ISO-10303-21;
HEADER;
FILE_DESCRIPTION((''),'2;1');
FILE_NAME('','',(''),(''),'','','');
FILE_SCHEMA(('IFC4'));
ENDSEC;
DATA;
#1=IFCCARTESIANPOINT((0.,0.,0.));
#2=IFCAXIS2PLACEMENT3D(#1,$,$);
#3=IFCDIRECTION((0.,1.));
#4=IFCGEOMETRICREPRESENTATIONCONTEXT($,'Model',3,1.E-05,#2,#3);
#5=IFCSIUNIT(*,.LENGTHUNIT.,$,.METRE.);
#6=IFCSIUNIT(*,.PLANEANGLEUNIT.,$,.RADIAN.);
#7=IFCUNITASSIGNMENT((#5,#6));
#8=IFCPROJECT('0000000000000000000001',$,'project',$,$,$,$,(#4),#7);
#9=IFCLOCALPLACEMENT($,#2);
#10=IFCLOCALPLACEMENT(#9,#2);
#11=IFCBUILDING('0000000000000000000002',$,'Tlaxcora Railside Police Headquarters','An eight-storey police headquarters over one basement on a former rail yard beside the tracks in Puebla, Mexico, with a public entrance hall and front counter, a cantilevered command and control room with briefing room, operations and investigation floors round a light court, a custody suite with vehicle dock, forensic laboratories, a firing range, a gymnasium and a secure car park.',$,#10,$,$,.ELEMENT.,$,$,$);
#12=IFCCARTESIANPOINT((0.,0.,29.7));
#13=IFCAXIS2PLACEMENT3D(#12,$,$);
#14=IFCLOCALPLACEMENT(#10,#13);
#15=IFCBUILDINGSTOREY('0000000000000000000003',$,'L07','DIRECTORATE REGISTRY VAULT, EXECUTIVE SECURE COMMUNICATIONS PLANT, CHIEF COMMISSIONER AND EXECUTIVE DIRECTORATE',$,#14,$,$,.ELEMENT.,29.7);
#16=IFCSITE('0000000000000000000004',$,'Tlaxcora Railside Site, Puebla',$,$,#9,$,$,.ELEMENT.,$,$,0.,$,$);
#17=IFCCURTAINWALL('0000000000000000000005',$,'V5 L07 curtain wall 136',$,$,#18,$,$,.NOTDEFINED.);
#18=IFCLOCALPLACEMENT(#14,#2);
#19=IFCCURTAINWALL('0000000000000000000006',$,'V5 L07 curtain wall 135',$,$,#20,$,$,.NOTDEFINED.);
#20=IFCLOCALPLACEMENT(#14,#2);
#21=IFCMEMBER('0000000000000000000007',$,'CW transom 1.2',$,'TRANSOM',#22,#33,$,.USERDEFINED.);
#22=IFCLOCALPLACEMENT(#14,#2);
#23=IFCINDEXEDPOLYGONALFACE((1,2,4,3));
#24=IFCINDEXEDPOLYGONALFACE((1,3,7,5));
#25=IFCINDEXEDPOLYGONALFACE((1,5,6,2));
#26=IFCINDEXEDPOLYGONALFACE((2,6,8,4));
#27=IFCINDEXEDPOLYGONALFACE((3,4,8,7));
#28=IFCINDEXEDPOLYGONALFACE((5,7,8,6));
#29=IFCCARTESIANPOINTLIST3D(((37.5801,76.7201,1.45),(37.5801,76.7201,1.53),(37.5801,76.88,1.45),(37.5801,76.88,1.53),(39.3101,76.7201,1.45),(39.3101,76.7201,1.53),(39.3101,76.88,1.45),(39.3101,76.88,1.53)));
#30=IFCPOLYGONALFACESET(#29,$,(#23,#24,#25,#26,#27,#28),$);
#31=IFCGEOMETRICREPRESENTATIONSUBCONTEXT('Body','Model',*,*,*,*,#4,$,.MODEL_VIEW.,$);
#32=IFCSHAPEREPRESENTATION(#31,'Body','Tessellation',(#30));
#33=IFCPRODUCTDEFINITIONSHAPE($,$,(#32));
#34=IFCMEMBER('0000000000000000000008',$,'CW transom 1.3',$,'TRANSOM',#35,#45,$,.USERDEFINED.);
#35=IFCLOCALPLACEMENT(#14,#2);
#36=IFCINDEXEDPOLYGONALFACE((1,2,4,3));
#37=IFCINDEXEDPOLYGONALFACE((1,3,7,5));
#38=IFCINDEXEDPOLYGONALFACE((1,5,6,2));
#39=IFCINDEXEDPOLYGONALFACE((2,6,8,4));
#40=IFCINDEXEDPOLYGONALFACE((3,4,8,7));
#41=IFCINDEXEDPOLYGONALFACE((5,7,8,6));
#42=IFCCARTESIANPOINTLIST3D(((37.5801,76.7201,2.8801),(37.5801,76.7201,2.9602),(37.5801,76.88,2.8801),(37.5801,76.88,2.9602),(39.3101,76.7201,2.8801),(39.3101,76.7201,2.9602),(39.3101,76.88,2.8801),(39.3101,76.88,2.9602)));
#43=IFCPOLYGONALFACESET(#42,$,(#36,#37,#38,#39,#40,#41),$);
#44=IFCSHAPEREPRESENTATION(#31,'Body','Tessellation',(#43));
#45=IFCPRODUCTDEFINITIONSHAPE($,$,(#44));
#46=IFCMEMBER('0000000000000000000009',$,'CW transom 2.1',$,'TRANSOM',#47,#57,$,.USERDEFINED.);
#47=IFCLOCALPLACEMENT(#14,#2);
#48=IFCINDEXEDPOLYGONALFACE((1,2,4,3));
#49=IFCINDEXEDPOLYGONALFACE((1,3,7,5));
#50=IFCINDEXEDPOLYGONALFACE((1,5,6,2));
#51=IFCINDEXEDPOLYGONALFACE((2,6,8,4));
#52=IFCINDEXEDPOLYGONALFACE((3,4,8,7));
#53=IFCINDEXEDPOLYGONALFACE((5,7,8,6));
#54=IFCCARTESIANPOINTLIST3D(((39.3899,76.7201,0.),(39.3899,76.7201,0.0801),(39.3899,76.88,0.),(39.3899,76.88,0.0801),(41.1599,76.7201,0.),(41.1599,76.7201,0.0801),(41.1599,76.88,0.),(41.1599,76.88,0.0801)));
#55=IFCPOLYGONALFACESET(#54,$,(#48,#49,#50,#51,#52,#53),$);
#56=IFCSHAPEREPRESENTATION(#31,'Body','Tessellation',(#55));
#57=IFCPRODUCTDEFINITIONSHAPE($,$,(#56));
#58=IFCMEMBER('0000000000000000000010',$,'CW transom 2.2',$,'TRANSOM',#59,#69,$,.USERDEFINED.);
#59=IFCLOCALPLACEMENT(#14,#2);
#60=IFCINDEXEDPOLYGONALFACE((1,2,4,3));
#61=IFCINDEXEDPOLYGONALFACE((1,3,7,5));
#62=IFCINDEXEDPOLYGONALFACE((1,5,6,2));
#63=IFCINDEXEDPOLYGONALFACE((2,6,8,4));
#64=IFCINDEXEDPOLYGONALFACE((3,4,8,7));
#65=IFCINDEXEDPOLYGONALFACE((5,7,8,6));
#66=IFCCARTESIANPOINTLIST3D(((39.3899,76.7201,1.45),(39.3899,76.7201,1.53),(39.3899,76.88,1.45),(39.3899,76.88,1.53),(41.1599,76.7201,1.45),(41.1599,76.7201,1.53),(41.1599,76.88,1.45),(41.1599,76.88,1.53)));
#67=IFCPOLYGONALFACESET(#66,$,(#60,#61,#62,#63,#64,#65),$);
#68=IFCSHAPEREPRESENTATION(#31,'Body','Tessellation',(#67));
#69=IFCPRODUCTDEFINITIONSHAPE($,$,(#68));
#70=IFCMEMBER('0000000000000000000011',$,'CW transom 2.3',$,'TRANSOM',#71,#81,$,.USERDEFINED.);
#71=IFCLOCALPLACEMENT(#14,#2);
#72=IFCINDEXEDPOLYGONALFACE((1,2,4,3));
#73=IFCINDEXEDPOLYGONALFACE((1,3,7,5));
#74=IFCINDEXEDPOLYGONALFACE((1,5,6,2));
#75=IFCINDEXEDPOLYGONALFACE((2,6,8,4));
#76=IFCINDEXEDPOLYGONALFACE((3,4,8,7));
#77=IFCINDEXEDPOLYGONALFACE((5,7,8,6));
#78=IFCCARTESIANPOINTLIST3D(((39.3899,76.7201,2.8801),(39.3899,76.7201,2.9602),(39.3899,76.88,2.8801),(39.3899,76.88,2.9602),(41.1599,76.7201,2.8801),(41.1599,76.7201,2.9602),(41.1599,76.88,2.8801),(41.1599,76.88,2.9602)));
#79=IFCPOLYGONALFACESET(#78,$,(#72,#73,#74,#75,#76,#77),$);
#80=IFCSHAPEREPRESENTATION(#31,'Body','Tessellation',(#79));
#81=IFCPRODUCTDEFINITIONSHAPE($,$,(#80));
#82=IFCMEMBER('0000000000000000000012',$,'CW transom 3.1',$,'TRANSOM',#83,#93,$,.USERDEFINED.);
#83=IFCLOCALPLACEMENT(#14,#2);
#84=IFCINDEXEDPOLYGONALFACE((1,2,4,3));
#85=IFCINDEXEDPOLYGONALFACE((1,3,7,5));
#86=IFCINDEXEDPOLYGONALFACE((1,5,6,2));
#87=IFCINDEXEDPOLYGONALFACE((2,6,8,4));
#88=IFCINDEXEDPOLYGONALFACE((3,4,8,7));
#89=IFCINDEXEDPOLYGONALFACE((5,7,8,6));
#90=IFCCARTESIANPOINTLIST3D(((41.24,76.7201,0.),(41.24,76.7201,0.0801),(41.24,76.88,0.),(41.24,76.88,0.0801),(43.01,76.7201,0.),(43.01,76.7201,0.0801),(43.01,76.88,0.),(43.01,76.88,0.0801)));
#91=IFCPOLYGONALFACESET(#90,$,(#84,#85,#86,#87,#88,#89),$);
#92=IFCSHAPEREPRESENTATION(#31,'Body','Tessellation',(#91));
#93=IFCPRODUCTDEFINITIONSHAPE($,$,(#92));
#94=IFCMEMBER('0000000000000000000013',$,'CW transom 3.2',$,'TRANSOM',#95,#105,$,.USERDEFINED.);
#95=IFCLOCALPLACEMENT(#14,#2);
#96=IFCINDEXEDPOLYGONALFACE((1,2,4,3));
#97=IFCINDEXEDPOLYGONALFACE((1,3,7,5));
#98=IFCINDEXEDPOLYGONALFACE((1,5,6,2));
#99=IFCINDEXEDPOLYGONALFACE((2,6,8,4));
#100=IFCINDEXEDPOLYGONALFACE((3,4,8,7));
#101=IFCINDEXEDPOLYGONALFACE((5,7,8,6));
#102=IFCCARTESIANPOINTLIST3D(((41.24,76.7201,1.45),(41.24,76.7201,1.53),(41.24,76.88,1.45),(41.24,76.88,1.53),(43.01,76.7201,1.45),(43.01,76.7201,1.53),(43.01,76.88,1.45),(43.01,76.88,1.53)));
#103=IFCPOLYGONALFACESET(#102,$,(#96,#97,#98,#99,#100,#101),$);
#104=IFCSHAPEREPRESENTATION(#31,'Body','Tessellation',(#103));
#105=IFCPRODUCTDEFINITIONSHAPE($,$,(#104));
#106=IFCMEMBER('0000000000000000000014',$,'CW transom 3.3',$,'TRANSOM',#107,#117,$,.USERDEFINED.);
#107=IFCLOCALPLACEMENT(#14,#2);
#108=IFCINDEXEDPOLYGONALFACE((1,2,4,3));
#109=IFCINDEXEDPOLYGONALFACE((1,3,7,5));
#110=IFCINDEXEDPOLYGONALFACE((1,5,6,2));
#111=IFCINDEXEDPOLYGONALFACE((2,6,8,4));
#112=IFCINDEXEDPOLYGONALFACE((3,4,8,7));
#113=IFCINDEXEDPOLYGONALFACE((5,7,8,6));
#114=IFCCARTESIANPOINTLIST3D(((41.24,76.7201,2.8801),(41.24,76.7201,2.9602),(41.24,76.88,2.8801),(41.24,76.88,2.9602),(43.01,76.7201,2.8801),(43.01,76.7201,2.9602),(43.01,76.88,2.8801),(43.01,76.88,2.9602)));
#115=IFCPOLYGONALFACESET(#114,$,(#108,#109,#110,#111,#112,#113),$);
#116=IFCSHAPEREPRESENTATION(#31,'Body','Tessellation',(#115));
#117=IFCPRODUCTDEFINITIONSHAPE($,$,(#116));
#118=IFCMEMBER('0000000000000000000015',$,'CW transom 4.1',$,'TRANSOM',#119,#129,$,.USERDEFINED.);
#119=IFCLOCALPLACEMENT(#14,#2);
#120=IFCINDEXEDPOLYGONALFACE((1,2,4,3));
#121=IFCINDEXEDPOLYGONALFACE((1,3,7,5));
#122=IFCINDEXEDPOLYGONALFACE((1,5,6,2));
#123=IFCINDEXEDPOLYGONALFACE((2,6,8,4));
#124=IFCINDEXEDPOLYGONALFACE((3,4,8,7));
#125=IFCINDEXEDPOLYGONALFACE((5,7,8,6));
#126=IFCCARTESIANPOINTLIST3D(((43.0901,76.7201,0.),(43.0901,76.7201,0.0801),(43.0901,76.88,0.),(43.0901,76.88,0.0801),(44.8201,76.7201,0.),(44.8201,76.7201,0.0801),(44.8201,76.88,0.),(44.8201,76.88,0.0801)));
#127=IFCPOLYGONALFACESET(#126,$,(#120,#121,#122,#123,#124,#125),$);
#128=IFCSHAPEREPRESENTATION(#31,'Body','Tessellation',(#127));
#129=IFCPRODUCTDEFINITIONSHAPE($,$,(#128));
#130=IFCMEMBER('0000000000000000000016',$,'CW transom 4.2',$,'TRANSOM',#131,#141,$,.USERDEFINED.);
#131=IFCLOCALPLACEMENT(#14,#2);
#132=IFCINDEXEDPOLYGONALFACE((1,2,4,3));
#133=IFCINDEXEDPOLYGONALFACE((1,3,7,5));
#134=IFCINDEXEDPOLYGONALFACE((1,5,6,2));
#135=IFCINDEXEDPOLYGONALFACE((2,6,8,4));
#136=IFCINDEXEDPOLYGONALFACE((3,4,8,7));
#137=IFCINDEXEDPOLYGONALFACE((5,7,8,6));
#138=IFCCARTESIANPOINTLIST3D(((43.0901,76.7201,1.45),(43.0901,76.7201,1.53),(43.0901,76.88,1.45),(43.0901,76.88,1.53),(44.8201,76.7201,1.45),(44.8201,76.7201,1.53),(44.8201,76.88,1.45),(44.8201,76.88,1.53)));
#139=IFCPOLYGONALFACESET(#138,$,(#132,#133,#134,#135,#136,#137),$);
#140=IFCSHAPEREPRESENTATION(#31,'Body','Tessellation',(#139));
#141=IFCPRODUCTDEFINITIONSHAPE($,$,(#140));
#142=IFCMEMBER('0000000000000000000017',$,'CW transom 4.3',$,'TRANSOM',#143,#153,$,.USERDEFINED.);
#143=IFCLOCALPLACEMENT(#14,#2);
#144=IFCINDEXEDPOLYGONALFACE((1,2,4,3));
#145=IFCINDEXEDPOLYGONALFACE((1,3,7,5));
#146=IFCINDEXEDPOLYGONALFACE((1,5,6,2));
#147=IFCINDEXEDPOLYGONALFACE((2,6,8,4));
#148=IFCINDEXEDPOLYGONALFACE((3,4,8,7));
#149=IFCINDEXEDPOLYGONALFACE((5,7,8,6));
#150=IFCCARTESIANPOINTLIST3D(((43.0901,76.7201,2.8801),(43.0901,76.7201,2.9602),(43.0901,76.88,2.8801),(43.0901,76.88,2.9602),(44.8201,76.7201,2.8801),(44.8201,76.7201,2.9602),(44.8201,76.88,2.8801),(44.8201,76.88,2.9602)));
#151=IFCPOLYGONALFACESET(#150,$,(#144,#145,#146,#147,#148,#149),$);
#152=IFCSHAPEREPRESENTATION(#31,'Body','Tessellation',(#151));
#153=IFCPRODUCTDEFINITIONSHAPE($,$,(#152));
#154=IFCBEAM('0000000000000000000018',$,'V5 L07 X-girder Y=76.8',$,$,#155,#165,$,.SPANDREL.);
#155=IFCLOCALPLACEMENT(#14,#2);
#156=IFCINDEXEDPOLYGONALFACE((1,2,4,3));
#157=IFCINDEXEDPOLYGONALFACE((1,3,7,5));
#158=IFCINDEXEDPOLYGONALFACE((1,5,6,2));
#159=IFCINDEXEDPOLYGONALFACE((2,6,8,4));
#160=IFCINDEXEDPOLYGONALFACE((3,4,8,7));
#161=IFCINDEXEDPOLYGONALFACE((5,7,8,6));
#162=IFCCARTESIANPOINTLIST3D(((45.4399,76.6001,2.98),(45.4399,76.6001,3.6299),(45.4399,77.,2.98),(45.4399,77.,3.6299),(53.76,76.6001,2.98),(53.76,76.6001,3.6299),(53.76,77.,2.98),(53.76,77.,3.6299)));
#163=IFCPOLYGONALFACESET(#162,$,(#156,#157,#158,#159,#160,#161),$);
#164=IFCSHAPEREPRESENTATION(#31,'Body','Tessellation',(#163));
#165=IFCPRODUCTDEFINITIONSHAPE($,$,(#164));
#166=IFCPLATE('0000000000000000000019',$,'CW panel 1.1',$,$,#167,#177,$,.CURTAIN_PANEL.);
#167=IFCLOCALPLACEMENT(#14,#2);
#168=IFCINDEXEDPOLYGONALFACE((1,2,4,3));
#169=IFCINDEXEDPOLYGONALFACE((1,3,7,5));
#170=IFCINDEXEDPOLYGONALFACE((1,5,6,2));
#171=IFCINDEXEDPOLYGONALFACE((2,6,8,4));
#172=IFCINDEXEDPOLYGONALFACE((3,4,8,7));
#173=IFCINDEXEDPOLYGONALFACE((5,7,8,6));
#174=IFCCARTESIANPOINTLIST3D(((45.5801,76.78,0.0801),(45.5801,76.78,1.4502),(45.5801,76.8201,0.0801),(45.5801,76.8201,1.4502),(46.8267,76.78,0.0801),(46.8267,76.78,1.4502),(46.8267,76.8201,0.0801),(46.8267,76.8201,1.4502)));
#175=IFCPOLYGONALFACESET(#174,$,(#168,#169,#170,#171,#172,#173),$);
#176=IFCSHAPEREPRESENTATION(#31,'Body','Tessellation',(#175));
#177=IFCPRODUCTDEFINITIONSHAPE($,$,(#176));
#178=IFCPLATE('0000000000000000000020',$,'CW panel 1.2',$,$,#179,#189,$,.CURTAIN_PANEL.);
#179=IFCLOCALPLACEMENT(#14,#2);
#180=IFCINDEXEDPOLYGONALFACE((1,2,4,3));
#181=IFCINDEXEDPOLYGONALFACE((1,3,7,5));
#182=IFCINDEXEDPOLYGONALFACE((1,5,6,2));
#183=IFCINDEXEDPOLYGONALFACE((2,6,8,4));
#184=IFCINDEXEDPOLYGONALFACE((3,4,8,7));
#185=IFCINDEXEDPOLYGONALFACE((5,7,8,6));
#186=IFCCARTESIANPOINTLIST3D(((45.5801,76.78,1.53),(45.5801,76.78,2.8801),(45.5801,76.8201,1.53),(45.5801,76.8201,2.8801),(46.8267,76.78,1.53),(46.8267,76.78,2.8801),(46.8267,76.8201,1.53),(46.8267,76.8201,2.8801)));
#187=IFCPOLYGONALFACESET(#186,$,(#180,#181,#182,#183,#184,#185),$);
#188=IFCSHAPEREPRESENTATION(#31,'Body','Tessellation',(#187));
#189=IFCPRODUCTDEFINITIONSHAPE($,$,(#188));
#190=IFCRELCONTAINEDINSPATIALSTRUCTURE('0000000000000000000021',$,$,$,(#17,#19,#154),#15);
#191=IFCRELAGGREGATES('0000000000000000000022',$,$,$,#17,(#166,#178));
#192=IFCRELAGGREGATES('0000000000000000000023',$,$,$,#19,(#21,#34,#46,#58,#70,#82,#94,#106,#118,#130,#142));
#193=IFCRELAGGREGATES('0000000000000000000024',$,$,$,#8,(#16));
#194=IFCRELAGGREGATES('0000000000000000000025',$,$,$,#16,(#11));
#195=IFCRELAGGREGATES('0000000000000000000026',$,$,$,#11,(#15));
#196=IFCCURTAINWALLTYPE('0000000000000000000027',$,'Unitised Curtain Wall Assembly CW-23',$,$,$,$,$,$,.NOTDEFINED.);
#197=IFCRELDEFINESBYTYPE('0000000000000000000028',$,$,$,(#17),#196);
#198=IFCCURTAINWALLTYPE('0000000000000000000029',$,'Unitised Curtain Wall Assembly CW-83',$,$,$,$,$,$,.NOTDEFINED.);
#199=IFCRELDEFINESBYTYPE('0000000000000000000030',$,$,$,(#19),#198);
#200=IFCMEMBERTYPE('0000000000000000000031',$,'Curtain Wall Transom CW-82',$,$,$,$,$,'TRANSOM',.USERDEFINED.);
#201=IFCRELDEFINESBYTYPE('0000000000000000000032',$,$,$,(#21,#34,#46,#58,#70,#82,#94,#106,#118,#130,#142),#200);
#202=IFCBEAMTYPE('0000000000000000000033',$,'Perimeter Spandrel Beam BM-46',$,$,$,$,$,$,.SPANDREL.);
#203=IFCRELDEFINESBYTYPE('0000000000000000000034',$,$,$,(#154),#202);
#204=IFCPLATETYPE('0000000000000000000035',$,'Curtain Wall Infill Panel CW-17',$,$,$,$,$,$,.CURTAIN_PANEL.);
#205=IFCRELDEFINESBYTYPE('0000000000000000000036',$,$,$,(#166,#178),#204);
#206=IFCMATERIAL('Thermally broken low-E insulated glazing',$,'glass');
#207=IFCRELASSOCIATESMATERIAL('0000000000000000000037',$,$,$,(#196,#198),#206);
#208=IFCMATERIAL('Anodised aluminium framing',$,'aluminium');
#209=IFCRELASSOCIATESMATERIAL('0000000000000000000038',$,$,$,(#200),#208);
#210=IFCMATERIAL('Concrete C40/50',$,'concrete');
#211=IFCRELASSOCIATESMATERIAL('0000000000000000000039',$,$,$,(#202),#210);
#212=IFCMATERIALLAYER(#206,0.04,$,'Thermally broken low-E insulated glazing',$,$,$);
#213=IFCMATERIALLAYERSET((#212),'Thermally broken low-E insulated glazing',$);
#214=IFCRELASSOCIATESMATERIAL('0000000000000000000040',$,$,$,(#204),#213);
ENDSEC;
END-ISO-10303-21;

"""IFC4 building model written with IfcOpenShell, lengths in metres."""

from ifc_helpers import new_model, si_unit, direction, frame, origin, origin_2d, place, context, subcontext, project, spatial, rectangle, extrude, material, layer, layer_set, material_profile, profile_set, type_object, element, aggregate, save


model = new_model("IFC4")

# Units and contexts
model_context = context("Model", 3, precision=1e-05, world=origin(), true_north=direction((0.0, 1.0)))
body_context = subcontext(model_context, "Body", "Model", "MODEL_VIEW")
ifc_project = project(units=[si_unit("LENGTHUNIT", "METRE"), si_unit("PLANEANGLEUNIT", "RADIAN")], contexts=[model_context])

# Site, building, storey
site_placement = place(None, origin())
site = spatial("IfcSite", under=ifc_project, at=site_placement, Name="Tlaxcora Railside Site, Puebla", CompositionType="ELEMENT", RefElevation=0.0)
building_placement = place(site_placement, origin())
building = spatial("IfcBuilding", under=site, at=building_placement, Name="Tlaxcora Railside Police Headquarters", Description="An eight-storey police headquarters over one basement on a former rail yard beside the tracks in Puebla, Mexico, with a public entrance hall and front counter, a cantilevered command and control room with briefing room, operations and investigation floors round a light court, a custody suite with vehicle dock, forensic laboratories, a firing range, a gymnasium and a secure car park.", CompositionType="ELEMENT")
storey_placement = place(building_placement, frame((0.0, 0.0, 29.7)))
storey = spatial("IfcBuildingStorey", under=building, at=storey_placement, Name="L07", Description="DIRECTORATE REGISTRY VAULT, EXECUTIVE SECURE COMMUNICATIONS PLANT, CHIEF COMMISSIONER AND EXECUTIVE DIRECTORATE", CompositionType="ELEMENT", Elevation=29.7)

# Shared definitions
ifc_material_1 = material(Name="Concrete C40/50", Category="concrete")

# Curtain walls
ifc_material_2 = material(Name="Thermally broken low-E insulated glazing", Category="glass")
curtain_wall_type_1 = type_object("IfcCurtainWallType", Name="Unitised Curtain Wall Assembly CW-23", PredefinedType="NOTDEFINED", material=ifc_material_2)
curtain_wall_1_placement = place(storey_placement, origin())
curtain_wall_1 = element("IfcCurtainWall", 1, at=curtain_wall_1_placement, inside=storey, type_object=curtain_wall_type_1, Name="V5 L07 curtain wall 136", PredefinedType="NOTDEFINED")
ifc_material_3 = material(Name="Anodised aluminium framing", Category="aluminium")
curtain_wall_type_2 = type_object("IfcCurtainWallType", Name="Unitised Curtain Wall Assembly CW-83", PredefinedType="NOTDEFINED", material=ifc_material_2)
curtain_wall_2_placement = place(storey_placement, origin())
curtain_wall_2 = element("IfcCurtainWall", 2, at=curtain_wall_2_placement, inside=storey, type_object=curtain_wall_type_2, Name="V5 L07 curtain wall 135", PredefinedType="NOTDEFINED")

# Members
ifc_material_profile_1 = material_profile(ifc_material_3, rectangle(XDim=0.1599, YDim=0.0801, at=origin_2d()), Name="AL80X160")
ifc_profile_set_1 = profile_set([ifc_material_profile_1], Name="Anodised aluminium framing")
member_type_1 = type_object("IfcMemberType", Name="Curtain Wall Transom CW-82", ElementType="TRANSOM", PredefinedType="USERDEFINED", material=ifc_profile_set_1)
member_1_placement = place(storey_placement, frame((37.5801, 76.8, 1.49), z_axis=(1.0, 0.0, 0.0), x_axis=(0.0, 1.0, 0.0)))
member_1 = element("IfcMember", 3, at=member_1_placement, type_object=member_type_1, Name="CW transom 1.2", ObjectType="TRANSOM", PredefinedType="USERDEFINED", context=body_context, shape_type="SweptSolid", body=[
    extrude(rectangle(XDim=0.1599, YDim=0.0801, at=origin_2d()), origin(), (0.0, 0.0, 1.0), 1.73),
])
member_2_placement = place(storey_placement, frame((37.5801, 76.8, 2.9202), z_axis=(1.0, 0.0, 0.0), x_axis=(0.0, 1.0, 0.0)))
member_2 = element("IfcMember", 4, at=member_2_placement, type_object=member_type_1, Name="CW transom 1.3", ObjectType="TRANSOM", PredefinedType="USERDEFINED", context=body_context, shape_type="SweptSolid", body=[
    extrude(rectangle(XDim=0.1599, YDim=0.0801, at=origin_2d()), origin(), (0.0, 0.0, 1.0), 1.73),
])
member_3_placement = place(storey_placement, frame((39.3899, 76.8, 0.04), z_axis=(1.0, 0.0, 0.0), x_axis=(0.0, 1.0, 0.0)))
member_3 = element("IfcMember", 5, at=member_3_placement, type_object=member_type_1, Name="CW transom 2.1", ObjectType="TRANSOM", PredefinedType="USERDEFINED", context=body_context, shape_type="SweptSolid", body=[
    extrude(rectangle(XDim=0.1599, YDim=0.0801, at=origin_2d()), origin(), (0.0, 0.0, 1.0), 1.77),
])
member_4_placement = place(storey_placement, frame((39.3899, 76.8, 1.49), z_axis=(1.0, 0.0, 0.0), x_axis=(0.0, 1.0, 0.0)))
member_4 = element("IfcMember", 6, at=member_4_placement, type_object=member_type_1, Name="CW transom 2.2", ObjectType="TRANSOM", PredefinedType="USERDEFINED", context=body_context, shape_type="SweptSolid", body=[
    extrude(rectangle(XDim=0.1599, YDim=0.0801, at=origin_2d()), origin(), (0.0, 0.0, 1.0), 1.77),
])
member_5_placement = place(storey_placement, frame((39.3899, 76.8, 2.9202), z_axis=(1.0, 0.0, 0.0), x_axis=(0.0, 1.0, 0.0)))
member_5 = element("IfcMember", 7, at=member_5_placement, type_object=member_type_1, Name="CW transom 2.3", ObjectType="TRANSOM", PredefinedType="USERDEFINED", context=body_context, shape_type="SweptSolid", body=[
    extrude(rectangle(XDim=0.1599, YDim=0.0801, at=origin_2d()), origin(), (0.0, 0.0, 1.0), 1.77),
])
member_6_placement = place(storey_placement, frame((41.24, 76.8, 0.04), z_axis=(1.0, 0.0, 0.0), x_axis=(0.0, 1.0, 0.0)))
member_6 = element("IfcMember", 8, at=member_6_placement, type_object=member_type_1, Name="CW transom 3.1", ObjectType="TRANSOM", PredefinedType="USERDEFINED", context=body_context, shape_type="SweptSolid", body=[
    extrude(rectangle(XDim=0.1599, YDim=0.0801, at=origin_2d()), origin(), (0.0, 0.0, 1.0), 1.77),
])
member_7_placement = place(storey_placement, frame((41.24, 76.8, 1.49), z_axis=(1.0, 0.0, 0.0), x_axis=(0.0, 1.0, 0.0)))
member_7 = element("IfcMember", 9, at=member_7_placement, type_object=member_type_1, Name="CW transom 3.2", ObjectType="TRANSOM", PredefinedType="USERDEFINED", context=body_context, shape_type="SweptSolid", body=[
    extrude(rectangle(XDim=0.1599, YDim=0.0801, at=origin_2d()), origin(), (0.0, 0.0, 1.0), 1.77),
])
member_8_placement = place(storey_placement, frame((41.24, 76.8, 2.9202), z_axis=(1.0, 0.0, 0.0), x_axis=(0.0, 1.0, 0.0)))
member_8 = element("IfcMember", 10, at=member_8_placement, type_object=member_type_1, Name="CW transom 3.3", ObjectType="TRANSOM", PredefinedType="USERDEFINED", context=body_context, shape_type="SweptSolid", body=[
    extrude(rectangle(XDim=0.1599, YDim=0.0801, at=origin_2d()), origin(), (0.0, 0.0, 1.0), 1.77),
])
member_9_placement = place(storey_placement, frame((43.0901, 76.8, 0.04), z_axis=(1.0, 0.0, 0.0), x_axis=(0.0, 1.0, 0.0)))
member_9 = element("IfcMember", 11, at=member_9_placement, type_object=member_type_1, Name="CW transom 4.1", ObjectType="TRANSOM", PredefinedType="USERDEFINED", context=body_context, shape_type="SweptSolid", body=[
    extrude(rectangle(XDim=0.1599, YDim=0.0801, at=origin_2d()), origin(), (0.0, 0.0, 1.0), 1.73),
])
member_10_placement = place(storey_placement, frame((43.0901, 76.8, 1.49), z_axis=(1.0, 0.0, 0.0), x_axis=(0.0, 1.0, 0.0)))
member_10 = element("IfcMember", 12, at=member_10_placement, type_object=member_type_1, Name="CW transom 4.2", ObjectType="TRANSOM", PredefinedType="USERDEFINED", context=body_context, shape_type="SweptSolid", body=[
    extrude(rectangle(XDim=0.1599, YDim=0.0801, at=origin_2d()), origin(), (0.0, 0.0, 1.0), 1.73),
])
member_11_placement = place(storey_placement, frame((43.0901, 76.8, 2.9202), z_axis=(1.0, 0.0, 0.0), x_axis=(0.0, 1.0, 0.0)))
member_11 = element("IfcMember", 13, at=member_11_placement, type_object=member_type_1, Name="CW transom 4.3", ObjectType="TRANSOM", PredefinedType="USERDEFINED", context=body_context, shape_type="SweptSolid", body=[
    extrude(rectangle(XDim=0.1599, YDim=0.0801, at=origin_2d()), origin(), (0.0, 0.0, 1.0), 1.73),
])

# Beam
ifc_material_profile_2 = material_profile(ifc_material_1, rectangle(XDim=0.3999, YDim=0.6499, at=origin_2d()), Name="RC400X650")
ifc_profile_set_2 = profile_set([ifc_material_profile_2], Name="Concrete C40/50")
beam_type = type_object("IfcBeamType", Name="Perimeter Spandrel Beam BM-46", PredefinedType="SPANDREL", material=ifc_profile_set_2)
beam_placement = place(storey_placement, frame((45.4399, 76.8, 3.3049), z_axis=(1.0, 0.0, 0.0), x_axis=(0.0, 1.0, 0.0)))
element("IfcBeam", 14, at=beam_placement, inside=storey, type_object=beam_type, Name="V5 L07 X-girder Y=76.8", PredefinedType="SPANDREL", context=body_context, shape_type="SweptSolid", body=[
    extrude(rectangle(XDim=0.3999, YDim=0.6499, at=origin_2d()), origin(), (0.0, 0.0, 1.0), 8.3201),
])

# Plates
ifc_layer_1 = layer(ifc_material_2, 0.04, Name="Thermally broken low-E insulated glazing")
ifc_layer_set_1 = layer_set([ifc_layer_1], Name="Thermally broken low-E insulated glazing")
plate_type_1 = type_object("IfcPlateType", Name="Curtain Wall Infill Panel CW-17", PredefinedType="CURTAIN_PANEL", material=ifc_layer_set_1)
plate_1_placement = place(storey_placement, frame((46.2034, 76.8, 0.0801), z_axis=(0.0, 0.0, 1.0), x_axis=(1.0, 0.0, 0.0)))
plate_1 = element("IfcPlate", 15, at=plate_1_placement, type_object=plate_type_1, Name="CW panel 1.1", PredefinedType="CURTAIN_PANEL", context=body_context, shape_type="SweptSolid", body=[
    extrude(rectangle(XDim=1.2466, YDim=0.04, at=origin_2d()), origin(), (0.0, 0.0, 1.0), 1.3701),
])
plate_2_placement = place(storey_placement, frame((46.2034, 76.8, 1.53), z_axis=(0.0, 0.0, 1.0), x_axis=(1.0, 0.0, 0.0)))
plate_2 = element("IfcPlate", 16, at=plate_2_placement, type_object=plate_type_1, Name="CW panel 1.2", PredefinedType="CURTAIN_PANEL", context=body_context, shape_type="SweptSolid", body=[
    extrude(rectangle(XDim=1.2466, YDim=0.04, at=origin_2d()), origin(), (0.0, 0.0, 1.0), 1.3501),
])
aggregate(curtain_wall_1, [plate_1, plate_2])
aggregate(curtain_wall_2, [member_1, member_2, member_3, member_4, member_5, member_6, member_7, member_8, member_9, member_10, member_11])

save(model, "model.ifc")
